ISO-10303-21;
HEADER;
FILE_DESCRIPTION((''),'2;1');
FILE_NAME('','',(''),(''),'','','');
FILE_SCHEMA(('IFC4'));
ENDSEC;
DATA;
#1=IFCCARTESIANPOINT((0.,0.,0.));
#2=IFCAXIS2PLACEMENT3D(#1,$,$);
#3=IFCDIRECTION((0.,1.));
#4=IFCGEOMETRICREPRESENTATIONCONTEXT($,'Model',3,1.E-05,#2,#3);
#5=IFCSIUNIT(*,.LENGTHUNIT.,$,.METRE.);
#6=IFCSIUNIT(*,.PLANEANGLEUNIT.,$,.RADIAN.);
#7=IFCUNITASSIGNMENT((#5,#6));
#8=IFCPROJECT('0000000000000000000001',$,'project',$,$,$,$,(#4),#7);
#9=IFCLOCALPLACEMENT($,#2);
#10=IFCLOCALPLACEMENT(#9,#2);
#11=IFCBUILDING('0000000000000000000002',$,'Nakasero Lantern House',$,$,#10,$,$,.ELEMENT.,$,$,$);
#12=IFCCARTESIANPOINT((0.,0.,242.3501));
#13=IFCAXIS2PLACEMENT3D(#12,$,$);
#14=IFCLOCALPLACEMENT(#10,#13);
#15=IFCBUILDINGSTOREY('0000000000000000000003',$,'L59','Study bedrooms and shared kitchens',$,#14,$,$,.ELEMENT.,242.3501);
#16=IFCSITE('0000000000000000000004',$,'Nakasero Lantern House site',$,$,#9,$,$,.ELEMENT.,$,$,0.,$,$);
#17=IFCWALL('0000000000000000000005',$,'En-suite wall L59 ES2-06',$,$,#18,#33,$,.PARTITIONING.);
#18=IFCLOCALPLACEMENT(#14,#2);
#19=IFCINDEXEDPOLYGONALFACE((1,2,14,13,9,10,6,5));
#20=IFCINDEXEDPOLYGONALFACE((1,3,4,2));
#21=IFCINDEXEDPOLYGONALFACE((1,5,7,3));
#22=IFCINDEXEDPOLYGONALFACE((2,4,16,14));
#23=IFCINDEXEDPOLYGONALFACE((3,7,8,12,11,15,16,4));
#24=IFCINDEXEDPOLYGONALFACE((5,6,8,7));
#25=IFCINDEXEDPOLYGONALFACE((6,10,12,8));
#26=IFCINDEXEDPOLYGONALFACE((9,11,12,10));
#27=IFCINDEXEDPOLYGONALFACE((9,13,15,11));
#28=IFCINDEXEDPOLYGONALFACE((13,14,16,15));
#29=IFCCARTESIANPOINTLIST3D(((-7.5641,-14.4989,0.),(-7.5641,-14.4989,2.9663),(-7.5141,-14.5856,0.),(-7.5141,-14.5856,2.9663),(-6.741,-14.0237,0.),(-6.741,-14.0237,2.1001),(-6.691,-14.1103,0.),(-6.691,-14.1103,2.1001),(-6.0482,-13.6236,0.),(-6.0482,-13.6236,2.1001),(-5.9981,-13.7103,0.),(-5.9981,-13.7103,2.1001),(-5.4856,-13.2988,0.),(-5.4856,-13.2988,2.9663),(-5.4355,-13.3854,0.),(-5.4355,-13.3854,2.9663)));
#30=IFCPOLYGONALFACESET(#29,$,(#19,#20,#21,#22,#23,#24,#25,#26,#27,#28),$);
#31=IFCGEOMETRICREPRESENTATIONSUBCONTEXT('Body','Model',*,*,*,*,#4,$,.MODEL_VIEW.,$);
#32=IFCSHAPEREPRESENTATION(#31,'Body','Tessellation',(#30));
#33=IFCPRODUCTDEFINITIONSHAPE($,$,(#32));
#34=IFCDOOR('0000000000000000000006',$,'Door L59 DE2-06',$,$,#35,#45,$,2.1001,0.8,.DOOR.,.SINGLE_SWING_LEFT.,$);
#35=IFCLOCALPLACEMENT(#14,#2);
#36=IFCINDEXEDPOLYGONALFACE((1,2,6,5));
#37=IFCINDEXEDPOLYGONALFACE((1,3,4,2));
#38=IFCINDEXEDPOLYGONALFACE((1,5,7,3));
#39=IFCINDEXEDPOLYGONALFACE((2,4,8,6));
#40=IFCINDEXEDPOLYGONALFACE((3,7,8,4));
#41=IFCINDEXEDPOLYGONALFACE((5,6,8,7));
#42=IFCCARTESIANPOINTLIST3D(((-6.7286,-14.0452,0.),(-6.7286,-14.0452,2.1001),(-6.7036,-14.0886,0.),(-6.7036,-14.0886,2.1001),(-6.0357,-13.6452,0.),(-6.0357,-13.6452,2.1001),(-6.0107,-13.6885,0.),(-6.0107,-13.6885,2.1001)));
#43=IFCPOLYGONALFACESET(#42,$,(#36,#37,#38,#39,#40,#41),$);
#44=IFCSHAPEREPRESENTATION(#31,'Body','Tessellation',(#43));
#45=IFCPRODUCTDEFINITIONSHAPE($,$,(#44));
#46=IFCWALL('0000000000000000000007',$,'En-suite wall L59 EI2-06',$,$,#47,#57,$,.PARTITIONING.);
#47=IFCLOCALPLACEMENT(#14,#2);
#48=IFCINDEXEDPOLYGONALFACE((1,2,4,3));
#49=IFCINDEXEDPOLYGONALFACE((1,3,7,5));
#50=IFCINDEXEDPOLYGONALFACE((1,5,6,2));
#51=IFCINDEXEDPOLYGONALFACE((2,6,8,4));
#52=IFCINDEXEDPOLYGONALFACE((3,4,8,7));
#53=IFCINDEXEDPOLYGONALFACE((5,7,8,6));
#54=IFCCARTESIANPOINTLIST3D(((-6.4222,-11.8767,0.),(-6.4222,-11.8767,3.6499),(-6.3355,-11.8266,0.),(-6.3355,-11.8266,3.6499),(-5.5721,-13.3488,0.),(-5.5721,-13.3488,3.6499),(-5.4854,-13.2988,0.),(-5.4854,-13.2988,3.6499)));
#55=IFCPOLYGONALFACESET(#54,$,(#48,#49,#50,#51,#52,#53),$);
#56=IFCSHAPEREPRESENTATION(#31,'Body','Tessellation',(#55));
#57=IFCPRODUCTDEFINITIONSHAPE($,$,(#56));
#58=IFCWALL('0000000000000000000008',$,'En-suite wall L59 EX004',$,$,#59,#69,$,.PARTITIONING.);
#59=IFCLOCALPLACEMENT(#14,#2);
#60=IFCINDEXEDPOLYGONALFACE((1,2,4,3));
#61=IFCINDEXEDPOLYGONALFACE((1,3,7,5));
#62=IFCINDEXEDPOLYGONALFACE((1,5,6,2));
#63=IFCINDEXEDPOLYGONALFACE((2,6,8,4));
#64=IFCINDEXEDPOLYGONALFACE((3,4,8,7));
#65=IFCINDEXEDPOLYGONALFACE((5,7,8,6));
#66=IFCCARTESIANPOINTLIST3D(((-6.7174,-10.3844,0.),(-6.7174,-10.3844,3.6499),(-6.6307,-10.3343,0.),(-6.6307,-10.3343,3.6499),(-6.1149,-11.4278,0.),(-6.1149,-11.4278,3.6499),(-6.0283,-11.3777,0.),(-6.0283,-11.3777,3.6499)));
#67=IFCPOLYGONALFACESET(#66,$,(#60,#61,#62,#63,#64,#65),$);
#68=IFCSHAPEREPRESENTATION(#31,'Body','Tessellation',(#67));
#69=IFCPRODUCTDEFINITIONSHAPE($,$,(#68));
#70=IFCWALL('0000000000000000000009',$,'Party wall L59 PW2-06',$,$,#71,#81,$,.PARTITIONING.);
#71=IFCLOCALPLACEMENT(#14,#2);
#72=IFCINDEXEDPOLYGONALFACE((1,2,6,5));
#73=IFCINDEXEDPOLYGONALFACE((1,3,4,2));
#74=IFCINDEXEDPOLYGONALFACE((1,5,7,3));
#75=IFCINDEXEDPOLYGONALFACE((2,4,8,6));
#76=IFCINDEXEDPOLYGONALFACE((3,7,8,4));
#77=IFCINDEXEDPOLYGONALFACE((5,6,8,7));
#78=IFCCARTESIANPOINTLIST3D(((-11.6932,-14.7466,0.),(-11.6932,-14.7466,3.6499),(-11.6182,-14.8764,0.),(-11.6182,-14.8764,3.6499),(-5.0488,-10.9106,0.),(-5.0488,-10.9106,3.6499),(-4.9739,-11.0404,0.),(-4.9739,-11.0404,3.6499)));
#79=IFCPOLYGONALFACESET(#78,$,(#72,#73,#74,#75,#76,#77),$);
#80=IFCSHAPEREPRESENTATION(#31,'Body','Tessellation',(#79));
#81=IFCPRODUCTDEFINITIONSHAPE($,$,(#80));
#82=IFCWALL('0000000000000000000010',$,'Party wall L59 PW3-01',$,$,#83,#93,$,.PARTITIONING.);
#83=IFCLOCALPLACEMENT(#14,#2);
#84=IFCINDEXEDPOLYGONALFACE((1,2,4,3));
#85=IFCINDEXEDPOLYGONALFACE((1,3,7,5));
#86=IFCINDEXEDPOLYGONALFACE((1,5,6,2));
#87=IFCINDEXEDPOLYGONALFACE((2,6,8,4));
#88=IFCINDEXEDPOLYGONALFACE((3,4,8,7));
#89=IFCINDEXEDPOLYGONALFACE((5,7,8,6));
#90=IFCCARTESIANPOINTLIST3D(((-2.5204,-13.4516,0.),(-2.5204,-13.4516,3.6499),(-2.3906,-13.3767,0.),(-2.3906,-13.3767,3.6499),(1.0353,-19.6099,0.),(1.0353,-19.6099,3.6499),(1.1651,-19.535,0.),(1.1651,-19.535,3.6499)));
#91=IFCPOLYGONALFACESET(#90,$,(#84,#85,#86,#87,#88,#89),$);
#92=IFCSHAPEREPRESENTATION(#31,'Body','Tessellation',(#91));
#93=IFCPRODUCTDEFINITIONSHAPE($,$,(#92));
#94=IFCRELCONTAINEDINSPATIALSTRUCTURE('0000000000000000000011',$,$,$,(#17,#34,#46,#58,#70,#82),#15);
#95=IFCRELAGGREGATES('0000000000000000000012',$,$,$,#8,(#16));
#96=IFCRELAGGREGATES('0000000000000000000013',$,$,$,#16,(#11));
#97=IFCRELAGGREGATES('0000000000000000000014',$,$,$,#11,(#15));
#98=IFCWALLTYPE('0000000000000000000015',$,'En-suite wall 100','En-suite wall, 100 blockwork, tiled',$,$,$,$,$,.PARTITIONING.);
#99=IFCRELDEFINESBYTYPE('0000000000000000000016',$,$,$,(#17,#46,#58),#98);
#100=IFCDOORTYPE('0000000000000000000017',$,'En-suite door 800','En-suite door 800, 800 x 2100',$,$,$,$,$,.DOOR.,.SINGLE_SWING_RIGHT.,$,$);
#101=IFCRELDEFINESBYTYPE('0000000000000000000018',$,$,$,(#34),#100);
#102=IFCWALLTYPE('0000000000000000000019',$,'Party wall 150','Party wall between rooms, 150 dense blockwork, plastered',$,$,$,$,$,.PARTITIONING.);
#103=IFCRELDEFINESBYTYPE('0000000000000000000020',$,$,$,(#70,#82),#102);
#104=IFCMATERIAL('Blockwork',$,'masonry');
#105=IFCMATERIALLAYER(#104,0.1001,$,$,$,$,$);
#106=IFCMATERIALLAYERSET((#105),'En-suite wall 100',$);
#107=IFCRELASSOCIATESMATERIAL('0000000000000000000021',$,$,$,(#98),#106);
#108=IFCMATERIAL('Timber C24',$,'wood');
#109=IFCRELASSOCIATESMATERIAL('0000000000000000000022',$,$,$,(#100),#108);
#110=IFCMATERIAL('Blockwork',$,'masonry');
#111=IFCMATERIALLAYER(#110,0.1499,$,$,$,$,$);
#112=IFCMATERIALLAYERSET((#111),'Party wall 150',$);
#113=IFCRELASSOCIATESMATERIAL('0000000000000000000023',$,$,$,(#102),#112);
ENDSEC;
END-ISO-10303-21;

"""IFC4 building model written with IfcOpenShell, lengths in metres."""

from ifc_helpers import new_model, si_unit, direction, frame, frame_2d, origin, place, context, subcontext, project, spatial, rectangle, extrude, material, layer, layer_set, type_object, element, fill, save


model = new_model("IFC4")

# Units and contexts
model_context = context("Model", 3, precision=1e-05, world=origin(), true_north=direction((0.0, 1.0)))
body_context = subcontext(model_context, "Body", "Model", "MODEL_VIEW")
ifc_project = project(units=[si_unit("LENGTHUNIT", "METRE"), si_unit("PLANEANGLEUNIT", "RADIAN")], contexts=[model_context])

# Site, building, storey
site_placement = place(None, origin())
site = spatial("IfcSite", under=ifc_project, at=site_placement, Name="Nakasero Lantern House site", CompositionType="ELEMENT", RefElevation=0.0)
building_placement = place(site_placement, origin())
building = spatial("IfcBuilding", under=site, at=building_placement, Name="Nakasero Lantern House", CompositionType="ELEMENT")
storey_placement = place(building_placement, frame((0.0, 0.0, 242.3501)))
storey = spatial("IfcBuildingStorey", under=building, at=storey_placement, Name="L59", Description="Study bedrooms and shared kitchens", CompositionType="ELEMENT", Elevation=242.3501)

# Wall, opening, door
ifc_material_1 = material(Name="Blockwork", Category="masonry")
ifc_layer_1 = layer(ifc_material_1, 0.1001)
ifc_layer_set_1 = layer_set([ifc_layer_1], Name="En-suite wall 100")
wall_type_1 = type_object("IfcWallType", Name="En-suite wall 100", Description="En-suite wall, 100 blockwork, tiled", PredefinedType="PARTITIONING", material=ifc_layer_set_1)
wall_1_placement = place(storey_placement, frame((-5.4604, -13.342, 0.0), z_axis=(0.0, 0.0, 1.0), x_axis=(-0.866006, -0.500034, 0.0)))
wall_1 = element("IfcWall", 1, at=wall_1_placement, inside=storey, type_object=wall_type_1, Name="En-suite wall L59 ES2-06", PredefinedType="PARTITIONING", context=body_context, shape_type="SweptSolid", body=[
    extrude(rectangle(XDim=2.4001, YDim=0.1001, at=frame_2d((1.2002, 0.0))), origin(), (0.0, 0.0, 1.0), 2.9663),
])
opening_1_placement = place(wall_1_placement, frame((0.6499, 0.0, 0.0)))
opening_1 = element("IfcOpeningElement", 2, at=opening_1_placement, cuts=wall_1, PredefinedType="OPENING", context=body_context, shape_type="SweptSolid", body=[
    extrude(rectangle(XDim=0.8, YDim=2.1001, at=frame_2d((0.3999, 1.05))), frame((0.0, 0.0701, 0.0), z_axis=(0.0, -1.0, 0.0), x_axis=(1.0, 0.0, 0.0)), (0.0, 0.0, 1.0), 0.1401),
])
ifc_material_2 = material(Name="Timber C24", Category="wood")
door_type_1 = type_object("IfcDoorType", Name="En-suite door 800", Description="En-suite door 800, 800 x 2100", OperationType="SINGLE_SWING_RIGHT", PredefinedType="DOOR", material=ifc_material_2)
door_1_placement = place(opening_1_placement, origin())
door_1 = element("IfcDoor", 3, at=door_1_placement, inside=storey, type_object=door_type_1, Name="Door L59 DE2-06", OperationType="SINGLE_SWING_LEFT", OverallHeight=2.1001, OverallWidth=0.8, PredefinedType="DOOR", context=body_context, shape_type="SweptSolid", body=[
    extrude(rectangle(XDim=0.8, YDim=2.1001, at=frame_2d((0.3999, 1.05))), frame((0.0, 0.0249, 0.0), z_axis=(0.0, -1.0, 0.0), x_axis=(1.0, 0.0, 0.0)), (0.0, 0.0, 1.0), 0.05),
])
fill(opening_1, door_1)

# Walls
wall_2_placement = place(storey_placement, frame((-6.3789, -11.8516, 0.0), z_axis=(0.0, 0.0, 1.0), x_axis=(0.500062, -0.865989, 0.0)))
element("IfcWall", 4, at=wall_2_placement, inside=storey, type_object=wall_type_1, Name="En-suite wall L59 EI2-06", PredefinedType="PARTITIONING", context=body_context, shape_type="SweptSolid", body=[
    extrude(rectangle(XDim=1.7, YDim=0.1001, at=frame_2d((0.8501, 0.0))), origin(), (0.0, 0.0, 1.0), 3.6499),
])
wall_3_placement = place(storey_placement, frame((-6.0715, -11.4028, 0.0), z_axis=(0.0, 0.0, 1.0), x_axis=(-0.500062, 0.86599, 0.0)))
element("IfcWall", 5, at=wall_3_placement, inside=storey, type_object=wall_type_1, Name="En-suite wall L59 EX004", PredefinedType="PARTITIONING", context=body_context, shape_type="SweptSolid", body=[
    extrude(rectangle(XDim=1.2048, YDim=0.1001, at=frame_2d((0.6025, 0.0))), origin(), (0.0, 0.0, 1.0), 3.6499),
])
ifc_material_3 = material(Name="Blockwork", Category="masonry")
ifc_layer_2 = layer(ifc_material_3, 0.1499)
ifc_layer_set_2 = layer_set([ifc_layer_2], Name="Party wall 150")
wall_type_2 = type_object("IfcWallType", Name="Party wall 150", Description="Party wall between rooms, 150 dense blockwork, plastered", PredefinedType="PARTITIONING", material=ifc_layer_set_2)
wall_4_placement = place(storey_placement, frame((-5.0115, -10.9756, 0.0), z_axis=(0.0, 0.0, 1.0), x_axis=(-0.866034, -0.499986, 0.0)))
element("IfcWall", 6, at=wall_4_placement, inside=storey, type_object=wall_type_2, Name="Party wall L59 PW2-06", PredefinedType="PARTITIONING", context=body_context, shape_type="SweptSolid", body=[
    extrude(rectangle(XDim=7.6721, YDim=0.1499, at=frame_2d((3.8359, 0.0))), origin(), (0.0, 0.0, 1.0), 3.6499),
])
wall_5_placement = place(storey_placement, frame((-2.4556, -13.4141, 0.0), z_axis=(0.0, 0.0, 1.0), x_axis=(0.500024, -0.866012, 0.0)))
element("IfcWall", 7, at=wall_5_placement, inside=storey, type_object=wall_type_2, Name="Party wall L59 PW3-01", PredefinedType="PARTITIONING", context=body_context, shape_type="SweptSolid", body=[
    extrude(rectangle(XDim=7.1111, YDim=0.1499, at=frame_2d((3.5557, 0.0))), origin(), (0.0, 0.0, 1.0), 3.6499),
])

save(model, "model.ifc")
